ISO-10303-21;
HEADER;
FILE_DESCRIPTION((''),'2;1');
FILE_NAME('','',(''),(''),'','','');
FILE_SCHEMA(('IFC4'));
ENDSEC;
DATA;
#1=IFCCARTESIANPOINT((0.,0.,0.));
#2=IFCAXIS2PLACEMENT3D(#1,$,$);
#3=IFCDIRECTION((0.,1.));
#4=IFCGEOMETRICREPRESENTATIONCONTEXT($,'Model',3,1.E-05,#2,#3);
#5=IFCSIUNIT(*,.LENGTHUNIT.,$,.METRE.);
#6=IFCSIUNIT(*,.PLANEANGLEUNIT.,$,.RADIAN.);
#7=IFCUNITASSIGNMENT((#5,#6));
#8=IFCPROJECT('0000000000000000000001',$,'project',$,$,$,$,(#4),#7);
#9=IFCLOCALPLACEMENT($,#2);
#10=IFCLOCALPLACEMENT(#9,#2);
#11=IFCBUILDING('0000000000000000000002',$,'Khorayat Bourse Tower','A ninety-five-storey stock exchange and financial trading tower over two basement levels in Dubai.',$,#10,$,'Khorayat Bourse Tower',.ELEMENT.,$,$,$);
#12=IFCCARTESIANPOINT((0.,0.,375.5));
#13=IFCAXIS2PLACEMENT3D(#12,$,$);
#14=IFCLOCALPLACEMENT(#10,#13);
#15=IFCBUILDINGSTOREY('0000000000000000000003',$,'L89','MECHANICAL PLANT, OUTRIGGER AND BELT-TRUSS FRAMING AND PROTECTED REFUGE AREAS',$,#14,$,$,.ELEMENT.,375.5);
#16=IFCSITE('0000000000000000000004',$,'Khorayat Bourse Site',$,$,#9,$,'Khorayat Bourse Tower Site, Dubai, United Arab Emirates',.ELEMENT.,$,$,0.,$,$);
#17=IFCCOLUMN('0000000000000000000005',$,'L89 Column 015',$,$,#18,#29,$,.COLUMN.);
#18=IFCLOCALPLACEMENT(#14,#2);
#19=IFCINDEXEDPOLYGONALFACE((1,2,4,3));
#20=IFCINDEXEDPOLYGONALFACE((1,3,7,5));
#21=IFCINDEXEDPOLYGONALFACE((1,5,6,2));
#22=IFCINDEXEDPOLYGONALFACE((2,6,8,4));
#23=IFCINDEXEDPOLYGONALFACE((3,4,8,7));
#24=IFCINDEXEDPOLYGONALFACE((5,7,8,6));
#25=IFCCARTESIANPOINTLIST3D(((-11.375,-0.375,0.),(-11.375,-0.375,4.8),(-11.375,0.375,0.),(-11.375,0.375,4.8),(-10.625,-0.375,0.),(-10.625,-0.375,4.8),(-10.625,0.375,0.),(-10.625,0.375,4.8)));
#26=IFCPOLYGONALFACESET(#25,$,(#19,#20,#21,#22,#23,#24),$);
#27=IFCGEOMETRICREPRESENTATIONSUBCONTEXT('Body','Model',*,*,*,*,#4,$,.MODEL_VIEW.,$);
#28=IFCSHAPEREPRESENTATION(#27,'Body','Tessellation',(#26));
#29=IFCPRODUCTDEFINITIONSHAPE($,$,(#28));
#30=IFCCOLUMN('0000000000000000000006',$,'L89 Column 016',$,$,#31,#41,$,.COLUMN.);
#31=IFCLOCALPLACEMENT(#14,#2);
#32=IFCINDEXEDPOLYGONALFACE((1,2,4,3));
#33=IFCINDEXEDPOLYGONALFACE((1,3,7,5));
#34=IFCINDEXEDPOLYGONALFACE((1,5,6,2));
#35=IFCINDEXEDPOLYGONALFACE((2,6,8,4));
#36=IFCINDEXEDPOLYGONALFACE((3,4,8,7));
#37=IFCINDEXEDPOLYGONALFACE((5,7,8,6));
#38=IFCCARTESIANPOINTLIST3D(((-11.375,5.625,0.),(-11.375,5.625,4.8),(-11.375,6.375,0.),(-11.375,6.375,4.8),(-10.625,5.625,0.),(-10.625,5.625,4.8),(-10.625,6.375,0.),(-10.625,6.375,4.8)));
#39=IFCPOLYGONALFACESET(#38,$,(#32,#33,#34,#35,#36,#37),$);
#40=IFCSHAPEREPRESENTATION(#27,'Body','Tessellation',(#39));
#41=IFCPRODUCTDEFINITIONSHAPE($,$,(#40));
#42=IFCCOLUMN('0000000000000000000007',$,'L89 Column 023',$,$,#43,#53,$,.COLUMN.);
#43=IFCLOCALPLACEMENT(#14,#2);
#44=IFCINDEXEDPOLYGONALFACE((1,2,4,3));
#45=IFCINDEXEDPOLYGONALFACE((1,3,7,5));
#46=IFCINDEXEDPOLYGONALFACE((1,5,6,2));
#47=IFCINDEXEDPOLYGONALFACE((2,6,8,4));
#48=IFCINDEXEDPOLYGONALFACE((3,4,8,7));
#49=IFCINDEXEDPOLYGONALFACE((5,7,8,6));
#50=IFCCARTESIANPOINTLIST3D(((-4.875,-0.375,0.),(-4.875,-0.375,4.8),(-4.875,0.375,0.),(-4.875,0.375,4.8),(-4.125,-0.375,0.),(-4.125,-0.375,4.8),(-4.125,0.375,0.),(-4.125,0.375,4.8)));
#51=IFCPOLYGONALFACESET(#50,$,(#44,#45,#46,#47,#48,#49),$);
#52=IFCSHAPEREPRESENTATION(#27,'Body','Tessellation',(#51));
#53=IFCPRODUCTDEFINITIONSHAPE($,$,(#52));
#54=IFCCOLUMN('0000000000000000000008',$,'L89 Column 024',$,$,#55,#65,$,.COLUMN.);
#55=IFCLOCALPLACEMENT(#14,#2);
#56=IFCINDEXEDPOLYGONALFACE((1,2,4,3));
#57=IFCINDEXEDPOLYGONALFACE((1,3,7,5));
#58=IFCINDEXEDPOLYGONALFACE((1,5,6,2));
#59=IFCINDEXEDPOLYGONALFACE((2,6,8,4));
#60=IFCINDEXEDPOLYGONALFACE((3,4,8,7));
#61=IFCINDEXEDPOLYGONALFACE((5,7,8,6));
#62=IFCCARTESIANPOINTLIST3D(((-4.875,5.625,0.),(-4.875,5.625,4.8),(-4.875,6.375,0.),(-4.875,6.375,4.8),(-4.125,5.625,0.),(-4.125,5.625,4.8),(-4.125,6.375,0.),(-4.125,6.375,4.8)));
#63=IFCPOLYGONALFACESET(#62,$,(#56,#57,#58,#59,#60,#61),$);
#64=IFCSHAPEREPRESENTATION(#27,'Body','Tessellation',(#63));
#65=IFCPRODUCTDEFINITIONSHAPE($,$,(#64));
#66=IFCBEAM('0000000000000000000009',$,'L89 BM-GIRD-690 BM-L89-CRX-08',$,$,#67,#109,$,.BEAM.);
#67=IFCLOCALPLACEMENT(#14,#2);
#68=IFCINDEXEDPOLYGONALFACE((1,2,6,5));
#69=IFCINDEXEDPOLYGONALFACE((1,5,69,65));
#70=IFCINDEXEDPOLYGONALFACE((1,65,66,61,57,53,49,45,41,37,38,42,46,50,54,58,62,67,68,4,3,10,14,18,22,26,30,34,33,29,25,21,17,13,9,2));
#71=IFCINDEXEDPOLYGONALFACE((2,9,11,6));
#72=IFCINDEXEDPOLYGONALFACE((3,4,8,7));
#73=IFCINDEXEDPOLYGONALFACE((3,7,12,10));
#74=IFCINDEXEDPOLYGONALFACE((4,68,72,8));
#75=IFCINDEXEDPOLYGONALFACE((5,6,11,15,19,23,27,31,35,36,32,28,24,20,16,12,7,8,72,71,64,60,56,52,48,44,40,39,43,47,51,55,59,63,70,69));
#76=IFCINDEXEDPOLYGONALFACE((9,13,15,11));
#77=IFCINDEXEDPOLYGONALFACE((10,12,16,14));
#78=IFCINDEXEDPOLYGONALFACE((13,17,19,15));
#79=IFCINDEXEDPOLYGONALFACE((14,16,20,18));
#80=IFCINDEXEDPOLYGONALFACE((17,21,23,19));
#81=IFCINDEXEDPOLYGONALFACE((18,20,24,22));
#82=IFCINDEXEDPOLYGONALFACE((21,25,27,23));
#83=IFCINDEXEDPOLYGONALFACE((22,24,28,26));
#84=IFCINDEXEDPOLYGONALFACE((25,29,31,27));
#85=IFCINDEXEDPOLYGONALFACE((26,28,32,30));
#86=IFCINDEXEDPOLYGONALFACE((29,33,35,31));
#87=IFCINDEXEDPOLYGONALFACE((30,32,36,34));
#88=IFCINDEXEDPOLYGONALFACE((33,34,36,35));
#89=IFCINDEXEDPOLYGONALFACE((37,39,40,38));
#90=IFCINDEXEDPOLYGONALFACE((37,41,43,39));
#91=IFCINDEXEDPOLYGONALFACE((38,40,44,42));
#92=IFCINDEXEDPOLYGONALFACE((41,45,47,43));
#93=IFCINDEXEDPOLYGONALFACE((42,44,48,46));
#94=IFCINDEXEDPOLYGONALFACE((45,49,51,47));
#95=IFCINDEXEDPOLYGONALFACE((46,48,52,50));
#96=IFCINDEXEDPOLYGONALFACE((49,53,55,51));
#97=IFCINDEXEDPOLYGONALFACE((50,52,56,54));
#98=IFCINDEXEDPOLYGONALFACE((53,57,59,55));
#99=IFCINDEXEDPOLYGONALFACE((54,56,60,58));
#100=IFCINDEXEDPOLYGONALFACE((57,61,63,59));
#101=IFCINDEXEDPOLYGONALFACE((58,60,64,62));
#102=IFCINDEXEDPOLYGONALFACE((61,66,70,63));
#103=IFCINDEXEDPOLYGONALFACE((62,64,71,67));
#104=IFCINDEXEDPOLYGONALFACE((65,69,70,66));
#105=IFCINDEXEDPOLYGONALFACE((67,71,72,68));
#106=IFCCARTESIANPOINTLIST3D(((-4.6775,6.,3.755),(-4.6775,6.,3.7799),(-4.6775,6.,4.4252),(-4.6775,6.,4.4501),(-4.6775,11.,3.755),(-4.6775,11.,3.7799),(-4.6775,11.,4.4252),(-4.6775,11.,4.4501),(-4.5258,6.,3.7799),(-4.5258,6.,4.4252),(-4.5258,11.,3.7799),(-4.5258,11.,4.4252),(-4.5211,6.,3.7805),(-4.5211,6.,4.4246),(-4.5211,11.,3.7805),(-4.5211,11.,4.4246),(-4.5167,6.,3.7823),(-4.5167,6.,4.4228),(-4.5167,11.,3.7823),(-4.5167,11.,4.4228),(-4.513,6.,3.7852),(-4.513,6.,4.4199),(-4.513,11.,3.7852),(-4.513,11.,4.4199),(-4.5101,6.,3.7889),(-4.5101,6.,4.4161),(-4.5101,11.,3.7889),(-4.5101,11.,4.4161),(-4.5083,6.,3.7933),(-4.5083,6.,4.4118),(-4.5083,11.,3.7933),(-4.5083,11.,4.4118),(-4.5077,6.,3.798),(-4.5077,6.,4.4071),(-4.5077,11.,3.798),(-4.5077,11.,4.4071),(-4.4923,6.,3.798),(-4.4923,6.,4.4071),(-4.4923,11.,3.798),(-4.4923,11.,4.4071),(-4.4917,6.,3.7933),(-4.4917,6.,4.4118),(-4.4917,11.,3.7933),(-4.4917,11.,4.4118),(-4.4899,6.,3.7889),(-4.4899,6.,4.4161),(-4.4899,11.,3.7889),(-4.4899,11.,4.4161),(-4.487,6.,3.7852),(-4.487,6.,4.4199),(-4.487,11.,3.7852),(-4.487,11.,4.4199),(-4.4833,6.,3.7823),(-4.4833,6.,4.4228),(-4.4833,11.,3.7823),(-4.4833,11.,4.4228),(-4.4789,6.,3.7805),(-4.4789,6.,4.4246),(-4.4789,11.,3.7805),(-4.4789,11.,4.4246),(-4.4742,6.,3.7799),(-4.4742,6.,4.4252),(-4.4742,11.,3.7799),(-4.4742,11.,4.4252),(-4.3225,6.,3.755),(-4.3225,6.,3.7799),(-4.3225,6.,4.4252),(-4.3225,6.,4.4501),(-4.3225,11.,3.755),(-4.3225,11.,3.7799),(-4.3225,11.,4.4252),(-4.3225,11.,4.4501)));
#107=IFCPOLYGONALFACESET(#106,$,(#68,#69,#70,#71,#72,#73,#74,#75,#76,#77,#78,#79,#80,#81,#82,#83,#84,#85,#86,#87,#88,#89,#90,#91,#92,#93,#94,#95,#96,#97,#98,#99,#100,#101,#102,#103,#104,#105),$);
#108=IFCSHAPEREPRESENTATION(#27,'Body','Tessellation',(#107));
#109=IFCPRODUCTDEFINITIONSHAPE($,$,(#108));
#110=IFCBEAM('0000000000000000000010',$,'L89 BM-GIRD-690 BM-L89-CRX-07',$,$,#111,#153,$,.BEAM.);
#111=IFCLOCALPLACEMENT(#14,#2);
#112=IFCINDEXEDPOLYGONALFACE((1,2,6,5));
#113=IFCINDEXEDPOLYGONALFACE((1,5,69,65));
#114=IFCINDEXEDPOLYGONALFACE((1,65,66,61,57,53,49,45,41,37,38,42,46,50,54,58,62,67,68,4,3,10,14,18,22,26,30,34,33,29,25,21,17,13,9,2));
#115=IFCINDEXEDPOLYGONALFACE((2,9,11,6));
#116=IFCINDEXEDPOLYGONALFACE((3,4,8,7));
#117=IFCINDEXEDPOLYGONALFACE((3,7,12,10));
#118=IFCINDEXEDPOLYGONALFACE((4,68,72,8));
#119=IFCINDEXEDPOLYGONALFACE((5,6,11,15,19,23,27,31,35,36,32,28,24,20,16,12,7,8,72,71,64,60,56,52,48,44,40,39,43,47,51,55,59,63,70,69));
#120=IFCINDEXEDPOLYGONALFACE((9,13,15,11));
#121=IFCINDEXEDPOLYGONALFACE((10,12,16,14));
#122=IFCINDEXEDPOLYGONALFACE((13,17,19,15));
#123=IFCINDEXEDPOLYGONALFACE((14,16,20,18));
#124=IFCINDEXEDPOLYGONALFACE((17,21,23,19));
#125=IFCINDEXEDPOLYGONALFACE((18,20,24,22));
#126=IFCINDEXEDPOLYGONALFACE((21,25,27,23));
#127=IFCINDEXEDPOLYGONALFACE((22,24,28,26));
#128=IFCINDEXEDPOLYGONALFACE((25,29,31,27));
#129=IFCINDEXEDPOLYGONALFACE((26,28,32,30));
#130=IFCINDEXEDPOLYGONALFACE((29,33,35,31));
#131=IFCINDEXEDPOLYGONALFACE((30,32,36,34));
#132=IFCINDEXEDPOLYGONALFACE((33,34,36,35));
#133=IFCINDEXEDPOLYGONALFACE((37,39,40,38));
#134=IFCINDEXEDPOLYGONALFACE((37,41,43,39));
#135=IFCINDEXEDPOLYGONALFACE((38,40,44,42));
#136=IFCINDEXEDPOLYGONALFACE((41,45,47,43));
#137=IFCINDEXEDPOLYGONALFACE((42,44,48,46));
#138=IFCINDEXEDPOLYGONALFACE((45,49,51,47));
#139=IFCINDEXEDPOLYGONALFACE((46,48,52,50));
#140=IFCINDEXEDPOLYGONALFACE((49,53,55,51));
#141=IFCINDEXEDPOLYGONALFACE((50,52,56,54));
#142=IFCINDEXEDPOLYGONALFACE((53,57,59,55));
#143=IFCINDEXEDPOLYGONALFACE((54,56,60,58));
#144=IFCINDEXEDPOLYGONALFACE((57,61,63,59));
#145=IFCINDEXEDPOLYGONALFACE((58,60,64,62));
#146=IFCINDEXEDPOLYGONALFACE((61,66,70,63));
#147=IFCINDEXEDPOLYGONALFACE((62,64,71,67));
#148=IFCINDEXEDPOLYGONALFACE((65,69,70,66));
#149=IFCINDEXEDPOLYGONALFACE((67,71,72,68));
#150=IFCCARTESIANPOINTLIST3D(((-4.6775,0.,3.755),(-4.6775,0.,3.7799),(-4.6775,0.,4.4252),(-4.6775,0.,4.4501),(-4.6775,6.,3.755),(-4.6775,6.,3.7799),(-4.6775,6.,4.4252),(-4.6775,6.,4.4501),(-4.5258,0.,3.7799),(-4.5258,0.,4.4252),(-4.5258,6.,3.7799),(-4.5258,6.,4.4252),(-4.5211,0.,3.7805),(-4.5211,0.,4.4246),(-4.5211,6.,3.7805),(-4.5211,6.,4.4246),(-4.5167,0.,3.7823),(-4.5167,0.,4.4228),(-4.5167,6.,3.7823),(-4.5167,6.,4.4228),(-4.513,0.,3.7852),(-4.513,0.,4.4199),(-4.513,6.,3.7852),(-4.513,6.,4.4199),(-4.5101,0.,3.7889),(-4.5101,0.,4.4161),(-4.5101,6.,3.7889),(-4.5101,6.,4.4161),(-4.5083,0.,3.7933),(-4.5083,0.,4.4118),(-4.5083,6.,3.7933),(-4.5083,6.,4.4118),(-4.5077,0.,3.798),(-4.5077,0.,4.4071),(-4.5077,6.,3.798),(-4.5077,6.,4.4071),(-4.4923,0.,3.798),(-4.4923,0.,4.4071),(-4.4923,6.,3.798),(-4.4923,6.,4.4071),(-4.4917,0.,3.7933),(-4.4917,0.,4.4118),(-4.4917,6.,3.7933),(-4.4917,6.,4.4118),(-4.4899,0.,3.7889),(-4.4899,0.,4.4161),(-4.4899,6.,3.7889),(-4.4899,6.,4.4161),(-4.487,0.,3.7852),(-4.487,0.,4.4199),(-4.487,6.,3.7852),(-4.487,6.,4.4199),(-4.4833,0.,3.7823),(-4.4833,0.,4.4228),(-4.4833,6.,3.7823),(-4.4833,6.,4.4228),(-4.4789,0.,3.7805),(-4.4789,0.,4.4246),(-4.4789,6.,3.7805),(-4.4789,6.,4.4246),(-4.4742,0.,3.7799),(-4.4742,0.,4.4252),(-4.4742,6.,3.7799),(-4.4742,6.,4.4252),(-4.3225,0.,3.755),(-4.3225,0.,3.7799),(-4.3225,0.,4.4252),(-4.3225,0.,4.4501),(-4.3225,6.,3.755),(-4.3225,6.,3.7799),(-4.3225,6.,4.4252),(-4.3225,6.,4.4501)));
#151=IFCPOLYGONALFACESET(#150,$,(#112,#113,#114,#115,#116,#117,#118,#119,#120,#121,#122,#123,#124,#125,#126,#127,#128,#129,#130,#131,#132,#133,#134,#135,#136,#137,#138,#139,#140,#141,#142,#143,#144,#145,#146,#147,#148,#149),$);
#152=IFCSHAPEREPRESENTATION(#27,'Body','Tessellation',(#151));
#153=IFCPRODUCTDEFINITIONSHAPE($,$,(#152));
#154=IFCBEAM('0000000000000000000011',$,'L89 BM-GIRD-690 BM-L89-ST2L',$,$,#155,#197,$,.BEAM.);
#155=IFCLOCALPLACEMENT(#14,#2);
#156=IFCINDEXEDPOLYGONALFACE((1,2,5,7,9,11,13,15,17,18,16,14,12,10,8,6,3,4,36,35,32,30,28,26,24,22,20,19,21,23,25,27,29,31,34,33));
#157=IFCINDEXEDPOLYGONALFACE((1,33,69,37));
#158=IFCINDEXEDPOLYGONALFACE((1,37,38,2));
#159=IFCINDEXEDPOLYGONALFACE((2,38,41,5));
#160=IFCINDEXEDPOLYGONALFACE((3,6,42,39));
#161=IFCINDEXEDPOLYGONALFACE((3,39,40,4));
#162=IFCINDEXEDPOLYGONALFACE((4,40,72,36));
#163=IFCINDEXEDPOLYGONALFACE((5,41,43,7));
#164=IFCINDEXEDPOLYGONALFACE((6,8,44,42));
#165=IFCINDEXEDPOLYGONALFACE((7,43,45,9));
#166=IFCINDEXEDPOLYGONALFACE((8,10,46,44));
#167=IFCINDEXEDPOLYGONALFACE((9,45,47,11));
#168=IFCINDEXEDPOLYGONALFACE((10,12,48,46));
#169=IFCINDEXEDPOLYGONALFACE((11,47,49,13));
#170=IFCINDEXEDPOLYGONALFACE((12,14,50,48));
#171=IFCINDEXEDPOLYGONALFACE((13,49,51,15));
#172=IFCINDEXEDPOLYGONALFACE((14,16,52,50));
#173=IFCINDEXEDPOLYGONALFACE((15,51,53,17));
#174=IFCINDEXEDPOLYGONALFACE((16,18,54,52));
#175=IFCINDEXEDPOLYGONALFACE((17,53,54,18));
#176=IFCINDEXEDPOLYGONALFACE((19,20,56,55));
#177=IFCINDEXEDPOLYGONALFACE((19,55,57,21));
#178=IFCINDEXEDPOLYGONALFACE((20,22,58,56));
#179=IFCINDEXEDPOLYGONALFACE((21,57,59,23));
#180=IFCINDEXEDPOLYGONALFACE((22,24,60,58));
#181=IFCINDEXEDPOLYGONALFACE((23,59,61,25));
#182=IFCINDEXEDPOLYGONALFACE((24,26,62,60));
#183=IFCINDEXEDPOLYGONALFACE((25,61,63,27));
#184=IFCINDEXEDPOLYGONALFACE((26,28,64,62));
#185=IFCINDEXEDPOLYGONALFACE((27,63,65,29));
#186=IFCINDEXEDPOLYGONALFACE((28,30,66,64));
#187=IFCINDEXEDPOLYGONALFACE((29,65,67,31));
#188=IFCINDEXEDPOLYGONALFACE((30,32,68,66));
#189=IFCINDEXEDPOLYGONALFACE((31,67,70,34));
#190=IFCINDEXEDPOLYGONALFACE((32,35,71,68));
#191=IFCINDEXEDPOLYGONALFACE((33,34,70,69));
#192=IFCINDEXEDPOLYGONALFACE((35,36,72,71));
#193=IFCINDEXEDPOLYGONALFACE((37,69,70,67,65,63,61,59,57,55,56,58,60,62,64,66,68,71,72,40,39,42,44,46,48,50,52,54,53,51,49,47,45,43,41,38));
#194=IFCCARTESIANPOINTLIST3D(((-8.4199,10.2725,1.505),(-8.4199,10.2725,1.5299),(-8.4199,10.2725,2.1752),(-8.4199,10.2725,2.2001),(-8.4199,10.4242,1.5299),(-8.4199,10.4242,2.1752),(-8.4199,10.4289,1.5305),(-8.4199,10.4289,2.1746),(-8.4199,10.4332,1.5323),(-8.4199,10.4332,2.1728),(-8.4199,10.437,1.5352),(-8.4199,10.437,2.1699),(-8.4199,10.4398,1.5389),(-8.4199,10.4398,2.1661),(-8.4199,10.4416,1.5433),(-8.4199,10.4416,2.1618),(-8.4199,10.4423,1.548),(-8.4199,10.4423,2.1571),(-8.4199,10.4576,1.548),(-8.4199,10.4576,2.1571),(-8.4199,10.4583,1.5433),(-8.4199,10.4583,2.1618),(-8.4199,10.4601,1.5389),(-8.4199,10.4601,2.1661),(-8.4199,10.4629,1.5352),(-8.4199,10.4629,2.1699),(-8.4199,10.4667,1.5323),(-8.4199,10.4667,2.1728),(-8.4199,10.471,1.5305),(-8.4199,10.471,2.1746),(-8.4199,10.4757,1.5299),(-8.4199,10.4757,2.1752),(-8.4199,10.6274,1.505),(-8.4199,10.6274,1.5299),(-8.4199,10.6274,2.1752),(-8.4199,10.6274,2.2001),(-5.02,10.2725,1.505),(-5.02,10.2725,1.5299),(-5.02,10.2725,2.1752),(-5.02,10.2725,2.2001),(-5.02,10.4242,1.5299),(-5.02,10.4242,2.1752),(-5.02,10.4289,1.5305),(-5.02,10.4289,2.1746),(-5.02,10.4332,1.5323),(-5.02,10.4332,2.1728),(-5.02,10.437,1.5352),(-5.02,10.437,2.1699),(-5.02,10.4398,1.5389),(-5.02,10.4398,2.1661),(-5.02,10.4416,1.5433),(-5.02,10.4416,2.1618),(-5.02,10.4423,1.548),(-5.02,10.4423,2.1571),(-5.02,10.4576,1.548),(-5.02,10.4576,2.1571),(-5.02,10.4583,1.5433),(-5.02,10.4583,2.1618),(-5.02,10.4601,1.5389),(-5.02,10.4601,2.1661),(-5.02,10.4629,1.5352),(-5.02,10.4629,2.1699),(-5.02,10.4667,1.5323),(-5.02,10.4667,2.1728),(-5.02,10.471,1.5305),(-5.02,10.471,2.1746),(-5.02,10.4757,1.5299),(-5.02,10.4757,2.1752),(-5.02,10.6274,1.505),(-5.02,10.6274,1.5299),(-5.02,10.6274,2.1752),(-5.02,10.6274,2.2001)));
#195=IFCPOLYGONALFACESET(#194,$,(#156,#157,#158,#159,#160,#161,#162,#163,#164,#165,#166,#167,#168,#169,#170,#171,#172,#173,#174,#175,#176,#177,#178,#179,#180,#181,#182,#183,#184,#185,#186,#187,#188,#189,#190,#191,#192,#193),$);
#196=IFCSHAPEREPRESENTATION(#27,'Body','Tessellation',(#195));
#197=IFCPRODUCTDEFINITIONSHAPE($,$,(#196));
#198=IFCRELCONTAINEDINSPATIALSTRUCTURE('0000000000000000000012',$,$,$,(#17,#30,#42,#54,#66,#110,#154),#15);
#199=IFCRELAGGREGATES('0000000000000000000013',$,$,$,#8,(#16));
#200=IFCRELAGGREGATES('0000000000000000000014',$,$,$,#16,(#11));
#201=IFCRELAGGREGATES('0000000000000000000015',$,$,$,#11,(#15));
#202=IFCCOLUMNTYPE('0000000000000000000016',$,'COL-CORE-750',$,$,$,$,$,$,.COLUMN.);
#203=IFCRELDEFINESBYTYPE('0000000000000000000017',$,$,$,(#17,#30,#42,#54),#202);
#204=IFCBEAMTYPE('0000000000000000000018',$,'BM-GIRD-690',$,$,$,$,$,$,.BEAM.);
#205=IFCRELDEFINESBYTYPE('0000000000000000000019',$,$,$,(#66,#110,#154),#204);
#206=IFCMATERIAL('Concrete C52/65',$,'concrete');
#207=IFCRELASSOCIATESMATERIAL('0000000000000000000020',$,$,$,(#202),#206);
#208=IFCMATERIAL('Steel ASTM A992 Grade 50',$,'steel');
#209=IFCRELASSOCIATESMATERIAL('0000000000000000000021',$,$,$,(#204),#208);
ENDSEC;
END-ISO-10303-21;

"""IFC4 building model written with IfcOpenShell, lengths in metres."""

from ifc_helpers import new_model, si_unit, direction, frame, origin, origin_2d, place, context, subcontext, project, spatial, rectangle, i_section, extrude, source, transform, mapped, material, material_profile, profile_set, type_object, element, save


model = new_model("IFC4")

# Units and contexts
model_context = context("Model", 3, precision=1e-05, world=origin(), true_north=direction((0.0, 1.0)))
body_context = subcontext(model_context, "Body", "Model", "MODEL_VIEW")
ifc_project = project(units=[si_unit("LENGTHUNIT", "METRE"), si_unit("PLANEANGLEUNIT", "RADIAN")], contexts=[model_context])

# Site, building, storey
site_placement = place(None, origin())
site = spatial("IfcSite", under=ifc_project, at=site_placement, Name="Khorayat Bourse Site", LongName="Khorayat Bourse Tower Site, Dubai, United Arab Emirates", CompositionType="ELEMENT", RefElevation=0.0)
building_placement = place(site_placement, origin())
building = spatial("IfcBuilding", under=site, at=building_placement, Name="Khorayat Bourse Tower", Description="A ninety-five-storey stock exchange and financial trading tower over two basement levels in Dubai.", LongName="Khorayat Bourse Tower", CompositionType="ELEMENT")
storey_placement = place(building_placement, frame((0.0, 0.0, 375.5)))
storey = spatial("IfcBuildingStorey", under=building, at=storey_placement, Name="L89", Description="MECHANICAL PLANT, OUTRIGGER AND BELT-TRUSS FRAMING AND PROTECTED REFUGE AREAS", CompositionType="ELEMENT", Elevation=375.5)

# Columns
ifc_material_1 = material(Name="Concrete C52/65", Category="concrete")
ifc_material_profile_1 = material_profile(ifc_material_1, rectangle(XDim=0.75, YDim=0.75, at=origin_2d()), Name="RC 750x750")
ifc_profile_set_1 = profile_set([ifc_material_profile_1], Name="Concrete C52/65")
column_type = type_object("IfcColumnType", Name="COL-CORE-750", PredefinedType="COLUMN", material=ifc_profile_set_1)
shared_shape_1 = source(origin(), body_context, "Body", "SweptSolid", [
    extrude(rectangle(XDim=0.75, YDim=0.75, at=origin_2d()), origin(), (0.0, 0.0, 1.0), 4.8),
])
for number, where, z_axis, x_axis, name in (
    (1, (-11.0, 0.0, 0.0), (0.0, 0.0, 1.0), (1.0, 0.0, 0.0), "L89 Column 015"),
    (2, (-11.0, 6.0, 0.0), (0.0, 0.0, 1.0), (1.0, 0.0, 0.0), "L89 Column 016"),
    (3, (-4.5, 0.0, 0.0), (0.0, 0.0, 1.0), (1.0, 0.0, 0.0), "L89 Column 023"),
    (4, (-4.5, 6.0, 0.0), (0.0, 0.0, 1.0), (1.0, 0.0, 0.0), "L89 Column 024"),
):
    element("IfcColumn", number, at=place(storey_placement, frame(where, z_axis=z_axis, x_axis=x_axis)), inside=storey, type_object=column_type, Name=name, PredefinedType="COLUMN", context=body_context, shape_type="MappedRepresentation", body=[
        mapped(shared_shape_1, transform((0.0, 0.0, 0.0), scale=1.0)),
    ])

# Beams
ifc_material_2 = material(Name="Steel ASTM A992 Grade 50", Category="steel")
ifc_material_profile_2 = material_profile(ifc_material_2, i_section(OverallWidth=0.355, OverallDepth=0.6951, WebThickness=0.0154, FlangeThickness=0.0249, FilletRadius=0.0181, at=origin_2d()), Name="W690X217")
ifc_profile_set_2 = profile_set([ifc_material_profile_2], Name="Steel ASTM A992 Grade 50")
beam_type_1 = type_object("IfcBeamType", Name="BM-GIRD-690", PredefinedType="BEAM", material=ifc_profile_set_2)
shared_shape_2 = source(origin(), body_context, "Body", "SweptSolid", [
    extrude(i_section(OverallWidth=0.355, OverallDepth=0.6951, WebThickness=0.0154, FlangeThickness=0.0249, FilletRadius=0.0181, at=origin_2d()), origin(), (0.0, 0.0, 1.0), 5.0),
])
beam_1_placement = place(storey_placement, frame((-4.5, 6.0, 4.1025), z_axis=(0.0, 1.0, 0.0), x_axis=(-1.0, 0.0, 0.0)))
element("IfcBeam", 5, at=beam_1_placement, inside=storey, type_object=beam_type_1, Name="L89 BM-GIRD-690 BM-L89-CRX-08", PredefinedType="BEAM", context=body_context, shape_type="MappedRepresentation", body=[
    mapped(shared_shape_2, transform((0.0, 0.0, 0.0), scale=1.0)),
])
shared_shape_3 = source(origin(), body_context, "Body", "SweptSolid", [
    extrude(i_section(OverallWidth=0.355, OverallDepth=0.6951, WebThickness=0.0154, FlangeThickness=0.0249, FilletRadius=0.0181, at=origin_2d()), origin(), (0.0, 0.0, 1.0), 6.0),
])
beam_2_placement = place(storey_placement, frame((-4.5, 0.0, 4.1025), z_axis=(0.0, 1.0, 0.0), x_axis=(-1.0, 0.0, 0.0)))
element("IfcBeam", 6, at=beam_2_placement, inside=storey, type_object=beam_type_1, Name="L89 BM-GIRD-690 BM-L89-CRX-07", PredefinedType="BEAM", context=body_context, shape_type="MappedRepresentation", body=[
    mapped(shared_shape_3, transform((0.0, 0.0, 0.0), scale=1.0)),
])
shared_shape_4 = source(origin(), body_context, "Body", "SweptSolid", [
    extrude(i_section(OverallWidth=0.355, OverallDepth=0.6951, WebThickness=0.0154, FlangeThickness=0.0249, FilletRadius=0.0181, at=origin_2d()), origin(), (0.0, 0.0, 1.0), 3.3999),
])
beam_3_placement = place(storey_placement, frame((-8.4199, 10.45, 1.8525), z_axis=(1.0, 0.0, 0.0), x_axis=(0.0, 1.0, 0.0)))
element("IfcBeam", 7, at=beam_3_placement, inside=storey, type_object=beam_type_1, Name="L89 BM-GIRD-690 BM-L89-ST2L", PredefinedType="BEAM", context=body_context, shape_type="MappedRepresentation", body=[
    mapped(shared_shape_4, transform((0.0, 0.0, 0.0), scale=1.0)),
])

save(model, "model.ifc")
